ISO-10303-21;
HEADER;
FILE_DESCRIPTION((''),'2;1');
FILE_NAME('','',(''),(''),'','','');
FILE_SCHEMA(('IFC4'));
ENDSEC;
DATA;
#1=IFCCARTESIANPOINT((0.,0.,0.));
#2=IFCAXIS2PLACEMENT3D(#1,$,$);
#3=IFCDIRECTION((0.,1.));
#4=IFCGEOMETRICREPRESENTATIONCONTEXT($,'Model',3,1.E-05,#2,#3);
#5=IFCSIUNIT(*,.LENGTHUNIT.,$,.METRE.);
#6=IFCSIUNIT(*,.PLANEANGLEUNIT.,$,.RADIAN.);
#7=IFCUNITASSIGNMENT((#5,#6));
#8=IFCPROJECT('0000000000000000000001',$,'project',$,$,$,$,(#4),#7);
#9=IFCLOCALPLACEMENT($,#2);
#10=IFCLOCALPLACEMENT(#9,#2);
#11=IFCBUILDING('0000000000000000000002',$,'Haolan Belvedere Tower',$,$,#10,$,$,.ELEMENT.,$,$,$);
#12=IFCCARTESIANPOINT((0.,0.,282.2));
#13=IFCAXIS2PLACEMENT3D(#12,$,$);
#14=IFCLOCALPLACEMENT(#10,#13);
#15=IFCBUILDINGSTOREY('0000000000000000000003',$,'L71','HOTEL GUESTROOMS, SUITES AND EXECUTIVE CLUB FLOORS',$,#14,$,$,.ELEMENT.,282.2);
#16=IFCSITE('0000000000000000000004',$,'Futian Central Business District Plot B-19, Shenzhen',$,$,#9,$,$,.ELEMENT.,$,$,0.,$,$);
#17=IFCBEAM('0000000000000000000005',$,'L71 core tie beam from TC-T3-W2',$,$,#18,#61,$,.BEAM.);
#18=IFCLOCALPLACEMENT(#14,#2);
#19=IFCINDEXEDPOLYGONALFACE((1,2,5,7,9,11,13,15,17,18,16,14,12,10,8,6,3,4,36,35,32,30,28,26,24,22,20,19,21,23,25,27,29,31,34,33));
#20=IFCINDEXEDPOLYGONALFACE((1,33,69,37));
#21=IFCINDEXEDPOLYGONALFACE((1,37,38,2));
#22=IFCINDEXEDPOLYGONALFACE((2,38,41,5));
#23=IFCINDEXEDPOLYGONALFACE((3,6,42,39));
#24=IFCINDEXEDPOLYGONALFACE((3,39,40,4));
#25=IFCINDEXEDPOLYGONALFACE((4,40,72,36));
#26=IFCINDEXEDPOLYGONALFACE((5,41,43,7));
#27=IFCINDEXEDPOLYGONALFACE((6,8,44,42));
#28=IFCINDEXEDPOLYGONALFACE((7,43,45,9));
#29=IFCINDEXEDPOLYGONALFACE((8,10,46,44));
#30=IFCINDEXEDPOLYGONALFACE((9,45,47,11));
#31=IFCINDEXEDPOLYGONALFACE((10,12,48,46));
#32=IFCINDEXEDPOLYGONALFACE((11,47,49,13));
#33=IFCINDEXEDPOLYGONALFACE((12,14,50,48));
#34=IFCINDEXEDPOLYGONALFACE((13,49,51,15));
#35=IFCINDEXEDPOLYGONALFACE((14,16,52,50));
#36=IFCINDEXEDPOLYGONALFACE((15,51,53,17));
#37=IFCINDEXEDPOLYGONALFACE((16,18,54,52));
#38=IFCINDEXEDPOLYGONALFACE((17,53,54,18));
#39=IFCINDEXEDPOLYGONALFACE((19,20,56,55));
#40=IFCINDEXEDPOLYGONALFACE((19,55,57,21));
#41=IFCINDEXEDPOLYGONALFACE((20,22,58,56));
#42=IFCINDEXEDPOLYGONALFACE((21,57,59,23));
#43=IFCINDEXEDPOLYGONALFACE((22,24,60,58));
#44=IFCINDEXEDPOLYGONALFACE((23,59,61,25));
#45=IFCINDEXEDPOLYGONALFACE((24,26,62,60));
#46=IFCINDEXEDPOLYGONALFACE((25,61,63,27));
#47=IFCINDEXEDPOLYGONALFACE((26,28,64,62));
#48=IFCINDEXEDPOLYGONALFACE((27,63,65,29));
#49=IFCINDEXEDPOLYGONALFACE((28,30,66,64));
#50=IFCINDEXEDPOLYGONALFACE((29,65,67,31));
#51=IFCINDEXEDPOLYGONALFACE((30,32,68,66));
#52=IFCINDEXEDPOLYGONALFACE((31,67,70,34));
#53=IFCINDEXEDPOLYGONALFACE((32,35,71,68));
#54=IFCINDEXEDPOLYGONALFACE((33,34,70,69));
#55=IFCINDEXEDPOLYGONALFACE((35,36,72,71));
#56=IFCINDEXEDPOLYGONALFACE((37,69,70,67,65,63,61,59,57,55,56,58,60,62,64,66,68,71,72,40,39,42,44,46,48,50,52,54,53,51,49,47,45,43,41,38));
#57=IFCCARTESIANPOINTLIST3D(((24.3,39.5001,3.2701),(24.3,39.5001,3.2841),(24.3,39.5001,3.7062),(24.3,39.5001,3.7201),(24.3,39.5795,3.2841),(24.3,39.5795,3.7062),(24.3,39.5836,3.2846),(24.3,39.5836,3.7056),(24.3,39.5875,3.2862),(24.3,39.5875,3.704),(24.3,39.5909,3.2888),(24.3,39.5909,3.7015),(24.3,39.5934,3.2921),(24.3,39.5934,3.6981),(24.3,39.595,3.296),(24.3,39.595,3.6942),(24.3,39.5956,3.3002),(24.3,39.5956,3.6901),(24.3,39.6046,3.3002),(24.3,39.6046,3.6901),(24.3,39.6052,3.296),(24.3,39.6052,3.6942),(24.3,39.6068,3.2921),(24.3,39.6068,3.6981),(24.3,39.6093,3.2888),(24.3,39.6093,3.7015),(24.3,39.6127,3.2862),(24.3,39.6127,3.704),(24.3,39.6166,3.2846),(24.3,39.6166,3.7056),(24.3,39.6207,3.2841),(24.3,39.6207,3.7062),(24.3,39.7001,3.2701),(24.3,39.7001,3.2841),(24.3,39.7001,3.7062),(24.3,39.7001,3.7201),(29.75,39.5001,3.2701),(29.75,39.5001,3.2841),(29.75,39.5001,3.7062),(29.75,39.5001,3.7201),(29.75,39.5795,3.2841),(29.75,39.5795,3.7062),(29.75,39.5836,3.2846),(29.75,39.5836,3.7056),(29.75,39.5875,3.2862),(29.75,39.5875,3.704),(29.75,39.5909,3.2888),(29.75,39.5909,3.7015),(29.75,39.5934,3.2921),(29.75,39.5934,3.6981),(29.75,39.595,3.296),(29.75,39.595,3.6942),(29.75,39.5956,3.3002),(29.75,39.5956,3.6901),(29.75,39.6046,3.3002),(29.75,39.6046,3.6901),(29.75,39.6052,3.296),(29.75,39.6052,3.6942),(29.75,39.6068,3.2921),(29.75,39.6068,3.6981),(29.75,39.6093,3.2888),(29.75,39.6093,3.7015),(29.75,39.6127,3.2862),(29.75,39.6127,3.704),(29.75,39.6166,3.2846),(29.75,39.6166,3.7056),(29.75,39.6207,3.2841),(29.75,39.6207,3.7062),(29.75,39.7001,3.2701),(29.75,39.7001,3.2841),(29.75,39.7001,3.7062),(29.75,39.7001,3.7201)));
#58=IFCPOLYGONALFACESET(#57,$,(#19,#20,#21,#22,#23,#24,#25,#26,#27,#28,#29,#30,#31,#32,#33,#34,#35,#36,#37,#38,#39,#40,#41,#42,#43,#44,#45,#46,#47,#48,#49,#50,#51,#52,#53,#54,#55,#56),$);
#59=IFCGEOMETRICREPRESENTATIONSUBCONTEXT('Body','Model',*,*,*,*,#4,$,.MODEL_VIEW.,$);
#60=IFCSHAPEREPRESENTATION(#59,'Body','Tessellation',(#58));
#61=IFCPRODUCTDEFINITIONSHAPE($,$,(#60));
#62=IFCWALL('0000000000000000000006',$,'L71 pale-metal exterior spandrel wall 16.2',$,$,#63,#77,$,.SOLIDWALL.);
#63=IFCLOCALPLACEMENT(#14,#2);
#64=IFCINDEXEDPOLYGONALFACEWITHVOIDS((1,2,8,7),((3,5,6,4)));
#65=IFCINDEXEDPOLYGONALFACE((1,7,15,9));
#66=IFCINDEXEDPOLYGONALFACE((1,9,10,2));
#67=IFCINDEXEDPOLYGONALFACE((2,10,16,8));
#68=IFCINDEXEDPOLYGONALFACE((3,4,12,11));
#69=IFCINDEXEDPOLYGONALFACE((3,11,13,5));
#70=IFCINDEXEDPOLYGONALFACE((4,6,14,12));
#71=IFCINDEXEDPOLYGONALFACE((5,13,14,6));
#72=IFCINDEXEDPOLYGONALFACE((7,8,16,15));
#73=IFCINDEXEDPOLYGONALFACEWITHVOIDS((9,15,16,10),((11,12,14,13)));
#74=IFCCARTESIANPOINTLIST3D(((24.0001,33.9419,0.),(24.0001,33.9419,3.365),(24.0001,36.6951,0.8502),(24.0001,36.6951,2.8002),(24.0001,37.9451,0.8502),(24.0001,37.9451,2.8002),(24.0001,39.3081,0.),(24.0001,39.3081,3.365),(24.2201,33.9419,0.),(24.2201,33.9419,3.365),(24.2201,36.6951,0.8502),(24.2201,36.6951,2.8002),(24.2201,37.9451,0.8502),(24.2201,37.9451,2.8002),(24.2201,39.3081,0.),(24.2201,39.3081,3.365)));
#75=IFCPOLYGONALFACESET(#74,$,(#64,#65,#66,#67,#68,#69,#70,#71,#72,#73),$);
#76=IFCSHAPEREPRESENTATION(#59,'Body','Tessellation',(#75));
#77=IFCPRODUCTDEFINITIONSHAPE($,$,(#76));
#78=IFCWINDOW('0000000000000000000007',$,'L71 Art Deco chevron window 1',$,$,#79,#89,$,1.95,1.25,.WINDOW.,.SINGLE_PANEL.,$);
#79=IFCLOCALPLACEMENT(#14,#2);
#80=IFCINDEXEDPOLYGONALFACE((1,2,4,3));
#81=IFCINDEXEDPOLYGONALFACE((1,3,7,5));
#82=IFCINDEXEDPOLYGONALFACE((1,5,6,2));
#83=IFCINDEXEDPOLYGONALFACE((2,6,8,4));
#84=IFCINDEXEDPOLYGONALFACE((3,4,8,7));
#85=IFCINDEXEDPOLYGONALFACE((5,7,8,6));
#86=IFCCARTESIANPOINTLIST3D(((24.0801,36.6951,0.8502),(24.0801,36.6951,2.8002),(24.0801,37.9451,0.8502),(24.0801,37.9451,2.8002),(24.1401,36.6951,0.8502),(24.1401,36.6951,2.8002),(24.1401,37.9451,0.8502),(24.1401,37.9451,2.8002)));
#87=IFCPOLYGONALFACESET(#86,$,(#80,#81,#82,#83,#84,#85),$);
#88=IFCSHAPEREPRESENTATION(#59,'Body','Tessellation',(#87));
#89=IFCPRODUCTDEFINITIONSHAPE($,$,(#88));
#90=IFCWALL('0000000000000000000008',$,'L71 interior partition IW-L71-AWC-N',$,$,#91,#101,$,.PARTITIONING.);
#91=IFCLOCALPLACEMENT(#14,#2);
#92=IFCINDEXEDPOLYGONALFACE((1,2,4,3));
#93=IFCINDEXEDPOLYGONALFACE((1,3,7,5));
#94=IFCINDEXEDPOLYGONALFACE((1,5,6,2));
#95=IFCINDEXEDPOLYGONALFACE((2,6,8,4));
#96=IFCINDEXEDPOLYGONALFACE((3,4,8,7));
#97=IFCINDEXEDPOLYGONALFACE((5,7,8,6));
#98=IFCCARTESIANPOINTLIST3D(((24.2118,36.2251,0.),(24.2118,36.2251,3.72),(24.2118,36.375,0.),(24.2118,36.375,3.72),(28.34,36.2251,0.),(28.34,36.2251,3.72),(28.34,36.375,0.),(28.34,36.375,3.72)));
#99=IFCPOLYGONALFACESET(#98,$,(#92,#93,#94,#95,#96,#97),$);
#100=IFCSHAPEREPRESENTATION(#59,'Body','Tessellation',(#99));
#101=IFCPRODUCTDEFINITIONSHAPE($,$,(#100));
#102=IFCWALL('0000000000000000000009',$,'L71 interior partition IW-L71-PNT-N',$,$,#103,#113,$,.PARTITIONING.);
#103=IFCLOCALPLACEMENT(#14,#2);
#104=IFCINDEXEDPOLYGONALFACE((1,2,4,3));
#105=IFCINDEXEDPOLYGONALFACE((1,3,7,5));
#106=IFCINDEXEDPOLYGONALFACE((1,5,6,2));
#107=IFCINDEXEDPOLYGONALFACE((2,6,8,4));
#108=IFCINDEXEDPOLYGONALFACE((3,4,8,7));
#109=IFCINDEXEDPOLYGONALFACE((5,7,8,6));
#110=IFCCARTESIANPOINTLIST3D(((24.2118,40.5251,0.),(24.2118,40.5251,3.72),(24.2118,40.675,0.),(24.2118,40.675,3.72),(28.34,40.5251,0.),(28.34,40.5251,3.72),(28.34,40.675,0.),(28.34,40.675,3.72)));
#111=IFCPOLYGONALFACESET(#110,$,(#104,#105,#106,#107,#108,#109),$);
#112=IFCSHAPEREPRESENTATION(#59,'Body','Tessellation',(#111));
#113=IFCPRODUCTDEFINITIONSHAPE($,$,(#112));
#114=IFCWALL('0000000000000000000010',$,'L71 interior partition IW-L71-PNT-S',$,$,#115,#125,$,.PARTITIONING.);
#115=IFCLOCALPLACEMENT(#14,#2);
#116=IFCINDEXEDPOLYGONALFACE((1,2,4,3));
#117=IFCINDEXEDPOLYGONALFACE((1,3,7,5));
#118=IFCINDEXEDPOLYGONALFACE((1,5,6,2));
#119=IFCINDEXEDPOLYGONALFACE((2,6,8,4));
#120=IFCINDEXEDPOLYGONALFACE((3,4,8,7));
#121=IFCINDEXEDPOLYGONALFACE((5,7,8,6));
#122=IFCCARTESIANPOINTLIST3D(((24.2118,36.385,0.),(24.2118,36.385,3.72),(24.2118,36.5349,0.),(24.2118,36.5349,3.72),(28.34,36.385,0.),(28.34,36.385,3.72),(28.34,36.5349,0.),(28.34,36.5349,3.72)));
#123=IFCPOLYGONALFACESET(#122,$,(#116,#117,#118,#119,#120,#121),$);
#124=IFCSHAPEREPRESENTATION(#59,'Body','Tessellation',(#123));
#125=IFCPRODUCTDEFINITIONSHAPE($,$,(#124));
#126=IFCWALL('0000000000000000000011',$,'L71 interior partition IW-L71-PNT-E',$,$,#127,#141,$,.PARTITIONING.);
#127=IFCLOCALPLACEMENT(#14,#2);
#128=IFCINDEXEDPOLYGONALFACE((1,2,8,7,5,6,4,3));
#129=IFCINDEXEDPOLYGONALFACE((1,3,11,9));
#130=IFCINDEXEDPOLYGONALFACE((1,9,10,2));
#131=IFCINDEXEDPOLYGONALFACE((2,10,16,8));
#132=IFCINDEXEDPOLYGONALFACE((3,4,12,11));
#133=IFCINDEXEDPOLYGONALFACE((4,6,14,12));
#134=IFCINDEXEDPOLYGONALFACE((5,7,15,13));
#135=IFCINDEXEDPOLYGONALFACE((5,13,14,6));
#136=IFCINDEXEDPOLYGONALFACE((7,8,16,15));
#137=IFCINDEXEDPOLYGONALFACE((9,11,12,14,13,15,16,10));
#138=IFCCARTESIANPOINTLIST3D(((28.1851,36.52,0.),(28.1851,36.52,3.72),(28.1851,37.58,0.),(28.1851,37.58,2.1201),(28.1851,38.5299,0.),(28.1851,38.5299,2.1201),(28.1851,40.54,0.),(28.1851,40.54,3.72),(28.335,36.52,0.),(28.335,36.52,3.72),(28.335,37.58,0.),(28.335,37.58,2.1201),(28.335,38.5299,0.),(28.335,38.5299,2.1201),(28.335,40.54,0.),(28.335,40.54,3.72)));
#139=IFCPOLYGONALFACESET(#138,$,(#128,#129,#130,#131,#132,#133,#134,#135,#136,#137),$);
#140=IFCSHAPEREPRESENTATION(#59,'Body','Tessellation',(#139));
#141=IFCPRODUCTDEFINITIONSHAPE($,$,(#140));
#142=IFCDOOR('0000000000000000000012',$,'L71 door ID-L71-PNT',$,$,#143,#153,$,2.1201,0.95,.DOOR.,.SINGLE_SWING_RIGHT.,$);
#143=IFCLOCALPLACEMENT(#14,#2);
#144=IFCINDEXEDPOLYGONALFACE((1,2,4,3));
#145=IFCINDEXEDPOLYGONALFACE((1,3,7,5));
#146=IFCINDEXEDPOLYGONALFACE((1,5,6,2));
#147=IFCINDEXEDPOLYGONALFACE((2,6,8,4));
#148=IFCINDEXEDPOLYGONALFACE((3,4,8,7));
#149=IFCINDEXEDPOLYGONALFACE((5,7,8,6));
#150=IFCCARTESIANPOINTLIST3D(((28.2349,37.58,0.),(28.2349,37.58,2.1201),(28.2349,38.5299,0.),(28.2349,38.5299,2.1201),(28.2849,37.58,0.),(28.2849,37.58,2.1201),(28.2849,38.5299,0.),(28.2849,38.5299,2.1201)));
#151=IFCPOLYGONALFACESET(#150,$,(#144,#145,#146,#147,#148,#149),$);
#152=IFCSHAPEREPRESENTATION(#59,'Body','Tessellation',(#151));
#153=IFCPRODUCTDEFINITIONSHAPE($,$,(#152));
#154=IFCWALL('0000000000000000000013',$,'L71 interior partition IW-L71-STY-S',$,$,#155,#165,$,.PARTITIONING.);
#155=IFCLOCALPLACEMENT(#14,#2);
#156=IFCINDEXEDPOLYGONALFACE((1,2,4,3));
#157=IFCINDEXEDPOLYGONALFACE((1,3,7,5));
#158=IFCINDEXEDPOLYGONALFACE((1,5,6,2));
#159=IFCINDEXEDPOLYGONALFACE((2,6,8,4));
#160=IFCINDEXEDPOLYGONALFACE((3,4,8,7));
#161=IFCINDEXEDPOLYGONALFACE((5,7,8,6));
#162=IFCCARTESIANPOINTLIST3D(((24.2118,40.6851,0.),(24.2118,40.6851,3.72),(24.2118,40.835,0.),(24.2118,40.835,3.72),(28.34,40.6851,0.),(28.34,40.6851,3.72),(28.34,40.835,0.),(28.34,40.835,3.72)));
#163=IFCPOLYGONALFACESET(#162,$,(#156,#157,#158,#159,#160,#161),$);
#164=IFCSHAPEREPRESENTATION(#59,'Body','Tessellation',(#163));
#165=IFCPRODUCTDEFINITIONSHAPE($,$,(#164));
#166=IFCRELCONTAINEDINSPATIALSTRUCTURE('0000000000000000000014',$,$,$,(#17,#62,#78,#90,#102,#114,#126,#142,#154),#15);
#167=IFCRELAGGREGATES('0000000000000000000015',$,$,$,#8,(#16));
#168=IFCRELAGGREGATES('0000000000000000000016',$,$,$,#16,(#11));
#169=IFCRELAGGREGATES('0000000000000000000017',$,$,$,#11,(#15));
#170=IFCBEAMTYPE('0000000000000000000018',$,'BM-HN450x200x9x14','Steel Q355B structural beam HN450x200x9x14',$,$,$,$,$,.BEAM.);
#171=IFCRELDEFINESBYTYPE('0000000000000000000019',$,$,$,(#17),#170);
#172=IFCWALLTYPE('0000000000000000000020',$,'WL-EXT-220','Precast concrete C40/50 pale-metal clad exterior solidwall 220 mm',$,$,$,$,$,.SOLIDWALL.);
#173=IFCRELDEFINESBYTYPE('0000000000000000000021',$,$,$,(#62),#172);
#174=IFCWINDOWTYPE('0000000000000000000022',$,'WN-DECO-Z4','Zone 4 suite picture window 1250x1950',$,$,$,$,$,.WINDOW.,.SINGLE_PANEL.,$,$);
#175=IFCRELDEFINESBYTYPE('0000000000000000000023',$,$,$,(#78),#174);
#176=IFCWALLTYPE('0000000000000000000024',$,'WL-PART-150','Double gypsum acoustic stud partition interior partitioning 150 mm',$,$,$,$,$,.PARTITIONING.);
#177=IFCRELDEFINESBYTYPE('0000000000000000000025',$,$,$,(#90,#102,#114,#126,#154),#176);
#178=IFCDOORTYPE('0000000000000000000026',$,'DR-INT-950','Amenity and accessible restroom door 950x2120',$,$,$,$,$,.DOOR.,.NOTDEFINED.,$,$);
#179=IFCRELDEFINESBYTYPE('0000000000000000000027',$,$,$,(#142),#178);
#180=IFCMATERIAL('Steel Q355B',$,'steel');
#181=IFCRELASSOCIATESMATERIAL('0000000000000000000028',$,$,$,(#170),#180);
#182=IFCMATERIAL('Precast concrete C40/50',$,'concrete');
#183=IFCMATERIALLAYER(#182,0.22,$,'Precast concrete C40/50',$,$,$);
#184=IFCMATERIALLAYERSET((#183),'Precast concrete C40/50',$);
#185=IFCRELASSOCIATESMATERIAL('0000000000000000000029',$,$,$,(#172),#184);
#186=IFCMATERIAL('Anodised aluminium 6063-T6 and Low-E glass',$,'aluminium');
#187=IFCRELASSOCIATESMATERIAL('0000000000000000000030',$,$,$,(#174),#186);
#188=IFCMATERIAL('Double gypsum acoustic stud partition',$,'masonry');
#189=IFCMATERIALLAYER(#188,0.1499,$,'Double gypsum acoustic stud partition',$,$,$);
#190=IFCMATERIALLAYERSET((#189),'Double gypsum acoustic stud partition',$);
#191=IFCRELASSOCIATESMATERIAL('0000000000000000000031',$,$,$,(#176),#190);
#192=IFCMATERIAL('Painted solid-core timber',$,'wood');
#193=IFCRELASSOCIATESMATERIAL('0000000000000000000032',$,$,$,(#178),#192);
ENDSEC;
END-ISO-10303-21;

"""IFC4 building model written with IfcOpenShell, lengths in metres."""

from ifc_helpers import new_model, si_unit, direction, frame, frame_2d, origin, origin_2d, place, context, subcontext, project, spatial, rectangle, i_section, extrude, material, layer, layer_set, material_profile, profile_set, type_object, element, fill, save


model = new_model("IFC4")

# Units and contexts
model_context = context("Model", 3, precision=1e-05, world=origin(), true_north=direction((0.0, 1.0)))
body_context = subcontext(model_context, "Body", "Model", "MODEL_VIEW")
ifc_project = project(units=[si_unit("LENGTHUNIT", "METRE"), si_unit("PLANEANGLEUNIT", "RADIAN")], contexts=[model_context])

# Site, building, storey
site_placement = place(None, origin())
site = spatial("IfcSite", under=ifc_project, at=site_placement, Name="Futian Central Business District Plot B-19, Shenzhen", CompositionType="ELEMENT", RefElevation=0.0)
building_placement = place(site_placement, origin())
building = spatial("IfcBuilding", under=site, at=building_placement, Name="Haolan Belvedere Tower", CompositionType="ELEMENT")
storey_placement = place(building_placement, frame((0.0, 0.0, 282.2)))
storey = spatial("IfcBuildingStorey", under=building, at=storey_placement, Name="L71", Description="HOTEL GUESTROOMS, SUITES AND EXECUTIVE CLUB FLOORS", CompositionType="ELEMENT", Elevation=282.2)

# Beam
ifc_material_1 = material(Name="Steel Q355B", Category="steel")
ifc_material_profile_1 = material_profile(ifc_material_1, i_section(OverallWidth=0.2, OverallDepth=0.45, WebThickness=0.009, FlangeThickness=0.0139, FilletRadius=0.0161, at=origin_2d()), Name="Steel Q355B")
ifc_profile_set_1 = profile_set([ifc_material_profile_1], Name="Steel Q355B")
beam_type_1 = type_object("IfcBeamType", Name="BM-HN450x200x9x14", Description="Steel Q355B structural beam HN450x200x9x14", PredefinedType="BEAM", material=ifc_profile_set_1)
beam_1_placement = place(storey_placement, frame((24.3, 39.6001, 3.4951), z_axis=(1.0, 0.0, 0.0), x_axis=(0.0, 1.0, 0.0)))
element("IfcBeam", 1, at=beam_1_placement, inside=storey, type_object=beam_type_1, Name="L71 core tie beam from TC-T3-W2", PredefinedType="BEAM", context=body_context, shape_type="SweptSolid", body=[
    extrude(i_section(OverallWidth=0.2, OverallDepth=0.45, WebThickness=0.009, FlangeThickness=0.0139, FilletRadius=0.0161, at=origin_2d()), origin(), (0.0, 0.0, 1.0), 5.45),
])

# Wall, opening, window
ifc_material_2 = material(Name="Precast concrete C40/50", Category="concrete")
ifc_layer_1 = layer(ifc_material_2, 0.22, Name="Precast concrete C40/50")
ifc_layer_set_1 = layer_set([ifc_layer_1], Name="Precast concrete C40/50")
wall_type_1 = type_object("IfcWallType", Name="WL-EXT-220", Description="Precast concrete C40/50 pale-metal clad exterior solidwall 220 mm", PredefinedType="SOLIDWALL", material=ifc_layer_set_1)
wall_1_placement = place(storey_placement, frame((24.1101, 39.3081, 0.0), z_axis=(0.0, 0.0, 1.0), x_axis=(0.0, -1.0, 0.0)))
wall_1 = element("IfcWall", 2, at=wall_1_placement, inside=storey, type_object=wall_type_1, Name="L71 pale-metal exterior spandrel wall 16.2", PredefinedType="SOLIDWALL", context=body_context, shape_type="SweptSolid", body=[
    extrude(rectangle(XDim=5.3662, YDim=0.22, at=frame_2d((2.6831, 0.0))), origin(), (0.0, 0.0, 1.0), 3.365),
])
opening_1_placement = place(wall_1_placement, frame((1.363, 0.0, 0.8501)))
opening_1 = element("IfcOpeningElement", 3, at=opening_1_placement, cuts=wall_1, PredefinedType="OPENING", context=body_context, shape_type="SweptSolid", body=[
    extrude(rectangle(XDim=1.25, YDim=1.95, at=frame_2d((0.625, 0.9751))), frame((0.0, 0.1199, 0.0), z_axis=(0.0, -1.0, 0.0), x_axis=(1.0, 0.0, 0.0)), (0.0, 0.0, 1.0), 0.24),
])
ifc_material_3 = material(Name="Anodised aluminium 6063-T6 and Low-E glass", Category="aluminium")
window_type = type_object("IfcWindowType", Name="WN-DECO-Z4", Description="Zone 4 suite picture window 1250x1950", PartitioningType="SINGLE_PANEL", PredefinedType="WINDOW", material=ifc_material_3)
window_placement = place(opening_1_placement, origin())
window = element("IfcWindow", 4, at=window_placement, inside=storey, type_object=window_type, Name="L71 Art Deco chevron window 1", OverallHeight=1.95, OverallWidth=1.25, PartitioningType="SINGLE_PANEL", PredefinedType="WINDOW", context=body_context, shape_type="SweptSolid", body=[
    extrude(rectangle(XDim=1.25, YDim=1.95, at=frame_2d((0.625, 0.9751))), frame((0.0, 0.03, 0.0), z_axis=(0.0, -1.0, 0.0), x_axis=(1.0, 0.0, 0.0)), (0.0, 0.0, 1.0), 0.0601),
])
fill(opening_1, window)

# Walls
ifc_material_4 = material(Name="Double gypsum acoustic stud partition", Category="masonry")
ifc_layer_2 = layer(ifc_material_4, 0.1499, Name="Double gypsum acoustic stud partition")
ifc_layer_set_2 = layer_set([ifc_layer_2], Name="Double gypsum acoustic stud partition")
wall_type_2 = type_object("IfcWallType", Name="WL-PART-150", Description="Double gypsum acoustic stud partition interior partitioning 150 mm", PredefinedType="PARTITIONING", material=ifc_layer_set_2)
for number, where, z_axis, x_axis, name in (
    (5, (24.2119, 36.3, 0.0), (0.0, 0.0, 1.0), (1.0, 0.0, 0.0), "L71 interior partition IW-L71-AWC-N"),
    (6, (24.2119, 40.6001, 0.0), (0.0, 0.0, 1.0), (1.0, 0.0, 0.0), "L71 interior partition IW-L71-PNT-N"),
    (7, (24.2119, 36.46, 0.0), (0.0, 0.0, 1.0), (1.0, 0.0, 0.0), "L71 interior partition IW-L71-PNT-S"),
):
    element("IfcWall", number, at=place(storey_placement, frame(where, z_axis=z_axis, x_axis=x_axis)), inside=storey, type_object=wall_type_2, Name=name, PredefinedType="PARTITIONING", context=body_context, shape_type="SweptSolid", body=[
        extrude(rectangle(XDim=4.1282, YDim=0.1499, at=frame_2d((2.064, 0.0))), origin(), (0.0, 0.0, 1.0), 3.72),
    ])

# Wall, opening, door
wall_2_placement = place(storey_placement, frame((28.26, 36.52, 0.0), z_axis=(0.0, 0.0, 1.0), x_axis=(0.0, 1.0, 0.0)))
wall_2 = element("IfcWall", 8, at=wall_2_placement, inside=storey, type_object=wall_type_2, Name="L71 interior partition IW-L71-PNT-E", PredefinedType="PARTITIONING", context=body_context, shape_type="SweptSolid", body=[
    extrude(rectangle(XDim=4.02, YDim=0.1499, at=frame_2d((2.01, 0.0))), origin(), (0.0, 0.0, 1.0), 3.72),
])
opening_2_placement = place(wall_2_placement, frame((2.01, 0.0, 0.0), z_axis=(0.0, 0.0, 1.0), x_axis=(-1.0, 0.0, 0.0)))
opening_2 = element("IfcOpeningElement", 9, at=opening_2_placement, cuts=wall_2, PredefinedType="OPENING", context=body_context, shape_type="SweptSolid", body=[
    extrude(rectangle(XDim=0.95, YDim=2.1201, at=frame_2d((0.4751, 1.0601))), frame((0.0, 0.085, 0.0), z_axis=(0.0, -1.0, 0.0), x_axis=(1.0, 0.0, 0.0)), (0.0, 0.0, 1.0), 0.1699),
])
ifc_material_5 = material(Name="Painted solid-core timber", Category="wood")
door_type_1 = type_object("IfcDoorType", Name="DR-INT-950", Description="Amenity and accessible restroom door 950x2120", OperationType="NOTDEFINED", PredefinedType="DOOR", material=ifc_material_5)
door_1_placement = place(opening_2_placement, origin())
door_1 = element("IfcDoor", 10, at=door_1_placement, inside=storey, type_object=door_type_1, Name="L71 door ID-L71-PNT", OperationType="SINGLE_SWING_RIGHT", OverallHeight=2.1201, OverallWidth=0.95, PredefinedType="DOOR", context=body_context, shape_type="SweptSolid", body=[
    extrude(rectangle(XDim=0.95, YDim=2.1201, at=frame_2d((0.4751, 1.0601))), frame((0.0, 0.0249, 0.0), z_axis=(0.0, -1.0, 0.0), x_axis=(1.0, 0.0, 0.0)), (0.0, 0.0, 1.0), 0.05),
])
fill(opening_2, door_1)

# Wall
wall_3_placement = place(storey_placement, frame((24.2119, 40.76, 0.0), z_axis=(0.0, 0.0, 1.0), x_axis=(1.0, 0.0, 0.0)))
element("IfcWall", 11, at=wall_3_placement, inside=storey, type_object=wall_type_2, Name="L71 interior partition IW-L71-STY-S", PredefinedType="PARTITIONING", context=body_context, shape_type="SweptSolid", body=[
    extrude(rectangle(XDim=4.1282, YDim=0.1499, at=frame_2d((2.064, 0.0))), origin(), (0.0, 0.0, 1.0), 3.72),
])

save(model, "model.ifc")
